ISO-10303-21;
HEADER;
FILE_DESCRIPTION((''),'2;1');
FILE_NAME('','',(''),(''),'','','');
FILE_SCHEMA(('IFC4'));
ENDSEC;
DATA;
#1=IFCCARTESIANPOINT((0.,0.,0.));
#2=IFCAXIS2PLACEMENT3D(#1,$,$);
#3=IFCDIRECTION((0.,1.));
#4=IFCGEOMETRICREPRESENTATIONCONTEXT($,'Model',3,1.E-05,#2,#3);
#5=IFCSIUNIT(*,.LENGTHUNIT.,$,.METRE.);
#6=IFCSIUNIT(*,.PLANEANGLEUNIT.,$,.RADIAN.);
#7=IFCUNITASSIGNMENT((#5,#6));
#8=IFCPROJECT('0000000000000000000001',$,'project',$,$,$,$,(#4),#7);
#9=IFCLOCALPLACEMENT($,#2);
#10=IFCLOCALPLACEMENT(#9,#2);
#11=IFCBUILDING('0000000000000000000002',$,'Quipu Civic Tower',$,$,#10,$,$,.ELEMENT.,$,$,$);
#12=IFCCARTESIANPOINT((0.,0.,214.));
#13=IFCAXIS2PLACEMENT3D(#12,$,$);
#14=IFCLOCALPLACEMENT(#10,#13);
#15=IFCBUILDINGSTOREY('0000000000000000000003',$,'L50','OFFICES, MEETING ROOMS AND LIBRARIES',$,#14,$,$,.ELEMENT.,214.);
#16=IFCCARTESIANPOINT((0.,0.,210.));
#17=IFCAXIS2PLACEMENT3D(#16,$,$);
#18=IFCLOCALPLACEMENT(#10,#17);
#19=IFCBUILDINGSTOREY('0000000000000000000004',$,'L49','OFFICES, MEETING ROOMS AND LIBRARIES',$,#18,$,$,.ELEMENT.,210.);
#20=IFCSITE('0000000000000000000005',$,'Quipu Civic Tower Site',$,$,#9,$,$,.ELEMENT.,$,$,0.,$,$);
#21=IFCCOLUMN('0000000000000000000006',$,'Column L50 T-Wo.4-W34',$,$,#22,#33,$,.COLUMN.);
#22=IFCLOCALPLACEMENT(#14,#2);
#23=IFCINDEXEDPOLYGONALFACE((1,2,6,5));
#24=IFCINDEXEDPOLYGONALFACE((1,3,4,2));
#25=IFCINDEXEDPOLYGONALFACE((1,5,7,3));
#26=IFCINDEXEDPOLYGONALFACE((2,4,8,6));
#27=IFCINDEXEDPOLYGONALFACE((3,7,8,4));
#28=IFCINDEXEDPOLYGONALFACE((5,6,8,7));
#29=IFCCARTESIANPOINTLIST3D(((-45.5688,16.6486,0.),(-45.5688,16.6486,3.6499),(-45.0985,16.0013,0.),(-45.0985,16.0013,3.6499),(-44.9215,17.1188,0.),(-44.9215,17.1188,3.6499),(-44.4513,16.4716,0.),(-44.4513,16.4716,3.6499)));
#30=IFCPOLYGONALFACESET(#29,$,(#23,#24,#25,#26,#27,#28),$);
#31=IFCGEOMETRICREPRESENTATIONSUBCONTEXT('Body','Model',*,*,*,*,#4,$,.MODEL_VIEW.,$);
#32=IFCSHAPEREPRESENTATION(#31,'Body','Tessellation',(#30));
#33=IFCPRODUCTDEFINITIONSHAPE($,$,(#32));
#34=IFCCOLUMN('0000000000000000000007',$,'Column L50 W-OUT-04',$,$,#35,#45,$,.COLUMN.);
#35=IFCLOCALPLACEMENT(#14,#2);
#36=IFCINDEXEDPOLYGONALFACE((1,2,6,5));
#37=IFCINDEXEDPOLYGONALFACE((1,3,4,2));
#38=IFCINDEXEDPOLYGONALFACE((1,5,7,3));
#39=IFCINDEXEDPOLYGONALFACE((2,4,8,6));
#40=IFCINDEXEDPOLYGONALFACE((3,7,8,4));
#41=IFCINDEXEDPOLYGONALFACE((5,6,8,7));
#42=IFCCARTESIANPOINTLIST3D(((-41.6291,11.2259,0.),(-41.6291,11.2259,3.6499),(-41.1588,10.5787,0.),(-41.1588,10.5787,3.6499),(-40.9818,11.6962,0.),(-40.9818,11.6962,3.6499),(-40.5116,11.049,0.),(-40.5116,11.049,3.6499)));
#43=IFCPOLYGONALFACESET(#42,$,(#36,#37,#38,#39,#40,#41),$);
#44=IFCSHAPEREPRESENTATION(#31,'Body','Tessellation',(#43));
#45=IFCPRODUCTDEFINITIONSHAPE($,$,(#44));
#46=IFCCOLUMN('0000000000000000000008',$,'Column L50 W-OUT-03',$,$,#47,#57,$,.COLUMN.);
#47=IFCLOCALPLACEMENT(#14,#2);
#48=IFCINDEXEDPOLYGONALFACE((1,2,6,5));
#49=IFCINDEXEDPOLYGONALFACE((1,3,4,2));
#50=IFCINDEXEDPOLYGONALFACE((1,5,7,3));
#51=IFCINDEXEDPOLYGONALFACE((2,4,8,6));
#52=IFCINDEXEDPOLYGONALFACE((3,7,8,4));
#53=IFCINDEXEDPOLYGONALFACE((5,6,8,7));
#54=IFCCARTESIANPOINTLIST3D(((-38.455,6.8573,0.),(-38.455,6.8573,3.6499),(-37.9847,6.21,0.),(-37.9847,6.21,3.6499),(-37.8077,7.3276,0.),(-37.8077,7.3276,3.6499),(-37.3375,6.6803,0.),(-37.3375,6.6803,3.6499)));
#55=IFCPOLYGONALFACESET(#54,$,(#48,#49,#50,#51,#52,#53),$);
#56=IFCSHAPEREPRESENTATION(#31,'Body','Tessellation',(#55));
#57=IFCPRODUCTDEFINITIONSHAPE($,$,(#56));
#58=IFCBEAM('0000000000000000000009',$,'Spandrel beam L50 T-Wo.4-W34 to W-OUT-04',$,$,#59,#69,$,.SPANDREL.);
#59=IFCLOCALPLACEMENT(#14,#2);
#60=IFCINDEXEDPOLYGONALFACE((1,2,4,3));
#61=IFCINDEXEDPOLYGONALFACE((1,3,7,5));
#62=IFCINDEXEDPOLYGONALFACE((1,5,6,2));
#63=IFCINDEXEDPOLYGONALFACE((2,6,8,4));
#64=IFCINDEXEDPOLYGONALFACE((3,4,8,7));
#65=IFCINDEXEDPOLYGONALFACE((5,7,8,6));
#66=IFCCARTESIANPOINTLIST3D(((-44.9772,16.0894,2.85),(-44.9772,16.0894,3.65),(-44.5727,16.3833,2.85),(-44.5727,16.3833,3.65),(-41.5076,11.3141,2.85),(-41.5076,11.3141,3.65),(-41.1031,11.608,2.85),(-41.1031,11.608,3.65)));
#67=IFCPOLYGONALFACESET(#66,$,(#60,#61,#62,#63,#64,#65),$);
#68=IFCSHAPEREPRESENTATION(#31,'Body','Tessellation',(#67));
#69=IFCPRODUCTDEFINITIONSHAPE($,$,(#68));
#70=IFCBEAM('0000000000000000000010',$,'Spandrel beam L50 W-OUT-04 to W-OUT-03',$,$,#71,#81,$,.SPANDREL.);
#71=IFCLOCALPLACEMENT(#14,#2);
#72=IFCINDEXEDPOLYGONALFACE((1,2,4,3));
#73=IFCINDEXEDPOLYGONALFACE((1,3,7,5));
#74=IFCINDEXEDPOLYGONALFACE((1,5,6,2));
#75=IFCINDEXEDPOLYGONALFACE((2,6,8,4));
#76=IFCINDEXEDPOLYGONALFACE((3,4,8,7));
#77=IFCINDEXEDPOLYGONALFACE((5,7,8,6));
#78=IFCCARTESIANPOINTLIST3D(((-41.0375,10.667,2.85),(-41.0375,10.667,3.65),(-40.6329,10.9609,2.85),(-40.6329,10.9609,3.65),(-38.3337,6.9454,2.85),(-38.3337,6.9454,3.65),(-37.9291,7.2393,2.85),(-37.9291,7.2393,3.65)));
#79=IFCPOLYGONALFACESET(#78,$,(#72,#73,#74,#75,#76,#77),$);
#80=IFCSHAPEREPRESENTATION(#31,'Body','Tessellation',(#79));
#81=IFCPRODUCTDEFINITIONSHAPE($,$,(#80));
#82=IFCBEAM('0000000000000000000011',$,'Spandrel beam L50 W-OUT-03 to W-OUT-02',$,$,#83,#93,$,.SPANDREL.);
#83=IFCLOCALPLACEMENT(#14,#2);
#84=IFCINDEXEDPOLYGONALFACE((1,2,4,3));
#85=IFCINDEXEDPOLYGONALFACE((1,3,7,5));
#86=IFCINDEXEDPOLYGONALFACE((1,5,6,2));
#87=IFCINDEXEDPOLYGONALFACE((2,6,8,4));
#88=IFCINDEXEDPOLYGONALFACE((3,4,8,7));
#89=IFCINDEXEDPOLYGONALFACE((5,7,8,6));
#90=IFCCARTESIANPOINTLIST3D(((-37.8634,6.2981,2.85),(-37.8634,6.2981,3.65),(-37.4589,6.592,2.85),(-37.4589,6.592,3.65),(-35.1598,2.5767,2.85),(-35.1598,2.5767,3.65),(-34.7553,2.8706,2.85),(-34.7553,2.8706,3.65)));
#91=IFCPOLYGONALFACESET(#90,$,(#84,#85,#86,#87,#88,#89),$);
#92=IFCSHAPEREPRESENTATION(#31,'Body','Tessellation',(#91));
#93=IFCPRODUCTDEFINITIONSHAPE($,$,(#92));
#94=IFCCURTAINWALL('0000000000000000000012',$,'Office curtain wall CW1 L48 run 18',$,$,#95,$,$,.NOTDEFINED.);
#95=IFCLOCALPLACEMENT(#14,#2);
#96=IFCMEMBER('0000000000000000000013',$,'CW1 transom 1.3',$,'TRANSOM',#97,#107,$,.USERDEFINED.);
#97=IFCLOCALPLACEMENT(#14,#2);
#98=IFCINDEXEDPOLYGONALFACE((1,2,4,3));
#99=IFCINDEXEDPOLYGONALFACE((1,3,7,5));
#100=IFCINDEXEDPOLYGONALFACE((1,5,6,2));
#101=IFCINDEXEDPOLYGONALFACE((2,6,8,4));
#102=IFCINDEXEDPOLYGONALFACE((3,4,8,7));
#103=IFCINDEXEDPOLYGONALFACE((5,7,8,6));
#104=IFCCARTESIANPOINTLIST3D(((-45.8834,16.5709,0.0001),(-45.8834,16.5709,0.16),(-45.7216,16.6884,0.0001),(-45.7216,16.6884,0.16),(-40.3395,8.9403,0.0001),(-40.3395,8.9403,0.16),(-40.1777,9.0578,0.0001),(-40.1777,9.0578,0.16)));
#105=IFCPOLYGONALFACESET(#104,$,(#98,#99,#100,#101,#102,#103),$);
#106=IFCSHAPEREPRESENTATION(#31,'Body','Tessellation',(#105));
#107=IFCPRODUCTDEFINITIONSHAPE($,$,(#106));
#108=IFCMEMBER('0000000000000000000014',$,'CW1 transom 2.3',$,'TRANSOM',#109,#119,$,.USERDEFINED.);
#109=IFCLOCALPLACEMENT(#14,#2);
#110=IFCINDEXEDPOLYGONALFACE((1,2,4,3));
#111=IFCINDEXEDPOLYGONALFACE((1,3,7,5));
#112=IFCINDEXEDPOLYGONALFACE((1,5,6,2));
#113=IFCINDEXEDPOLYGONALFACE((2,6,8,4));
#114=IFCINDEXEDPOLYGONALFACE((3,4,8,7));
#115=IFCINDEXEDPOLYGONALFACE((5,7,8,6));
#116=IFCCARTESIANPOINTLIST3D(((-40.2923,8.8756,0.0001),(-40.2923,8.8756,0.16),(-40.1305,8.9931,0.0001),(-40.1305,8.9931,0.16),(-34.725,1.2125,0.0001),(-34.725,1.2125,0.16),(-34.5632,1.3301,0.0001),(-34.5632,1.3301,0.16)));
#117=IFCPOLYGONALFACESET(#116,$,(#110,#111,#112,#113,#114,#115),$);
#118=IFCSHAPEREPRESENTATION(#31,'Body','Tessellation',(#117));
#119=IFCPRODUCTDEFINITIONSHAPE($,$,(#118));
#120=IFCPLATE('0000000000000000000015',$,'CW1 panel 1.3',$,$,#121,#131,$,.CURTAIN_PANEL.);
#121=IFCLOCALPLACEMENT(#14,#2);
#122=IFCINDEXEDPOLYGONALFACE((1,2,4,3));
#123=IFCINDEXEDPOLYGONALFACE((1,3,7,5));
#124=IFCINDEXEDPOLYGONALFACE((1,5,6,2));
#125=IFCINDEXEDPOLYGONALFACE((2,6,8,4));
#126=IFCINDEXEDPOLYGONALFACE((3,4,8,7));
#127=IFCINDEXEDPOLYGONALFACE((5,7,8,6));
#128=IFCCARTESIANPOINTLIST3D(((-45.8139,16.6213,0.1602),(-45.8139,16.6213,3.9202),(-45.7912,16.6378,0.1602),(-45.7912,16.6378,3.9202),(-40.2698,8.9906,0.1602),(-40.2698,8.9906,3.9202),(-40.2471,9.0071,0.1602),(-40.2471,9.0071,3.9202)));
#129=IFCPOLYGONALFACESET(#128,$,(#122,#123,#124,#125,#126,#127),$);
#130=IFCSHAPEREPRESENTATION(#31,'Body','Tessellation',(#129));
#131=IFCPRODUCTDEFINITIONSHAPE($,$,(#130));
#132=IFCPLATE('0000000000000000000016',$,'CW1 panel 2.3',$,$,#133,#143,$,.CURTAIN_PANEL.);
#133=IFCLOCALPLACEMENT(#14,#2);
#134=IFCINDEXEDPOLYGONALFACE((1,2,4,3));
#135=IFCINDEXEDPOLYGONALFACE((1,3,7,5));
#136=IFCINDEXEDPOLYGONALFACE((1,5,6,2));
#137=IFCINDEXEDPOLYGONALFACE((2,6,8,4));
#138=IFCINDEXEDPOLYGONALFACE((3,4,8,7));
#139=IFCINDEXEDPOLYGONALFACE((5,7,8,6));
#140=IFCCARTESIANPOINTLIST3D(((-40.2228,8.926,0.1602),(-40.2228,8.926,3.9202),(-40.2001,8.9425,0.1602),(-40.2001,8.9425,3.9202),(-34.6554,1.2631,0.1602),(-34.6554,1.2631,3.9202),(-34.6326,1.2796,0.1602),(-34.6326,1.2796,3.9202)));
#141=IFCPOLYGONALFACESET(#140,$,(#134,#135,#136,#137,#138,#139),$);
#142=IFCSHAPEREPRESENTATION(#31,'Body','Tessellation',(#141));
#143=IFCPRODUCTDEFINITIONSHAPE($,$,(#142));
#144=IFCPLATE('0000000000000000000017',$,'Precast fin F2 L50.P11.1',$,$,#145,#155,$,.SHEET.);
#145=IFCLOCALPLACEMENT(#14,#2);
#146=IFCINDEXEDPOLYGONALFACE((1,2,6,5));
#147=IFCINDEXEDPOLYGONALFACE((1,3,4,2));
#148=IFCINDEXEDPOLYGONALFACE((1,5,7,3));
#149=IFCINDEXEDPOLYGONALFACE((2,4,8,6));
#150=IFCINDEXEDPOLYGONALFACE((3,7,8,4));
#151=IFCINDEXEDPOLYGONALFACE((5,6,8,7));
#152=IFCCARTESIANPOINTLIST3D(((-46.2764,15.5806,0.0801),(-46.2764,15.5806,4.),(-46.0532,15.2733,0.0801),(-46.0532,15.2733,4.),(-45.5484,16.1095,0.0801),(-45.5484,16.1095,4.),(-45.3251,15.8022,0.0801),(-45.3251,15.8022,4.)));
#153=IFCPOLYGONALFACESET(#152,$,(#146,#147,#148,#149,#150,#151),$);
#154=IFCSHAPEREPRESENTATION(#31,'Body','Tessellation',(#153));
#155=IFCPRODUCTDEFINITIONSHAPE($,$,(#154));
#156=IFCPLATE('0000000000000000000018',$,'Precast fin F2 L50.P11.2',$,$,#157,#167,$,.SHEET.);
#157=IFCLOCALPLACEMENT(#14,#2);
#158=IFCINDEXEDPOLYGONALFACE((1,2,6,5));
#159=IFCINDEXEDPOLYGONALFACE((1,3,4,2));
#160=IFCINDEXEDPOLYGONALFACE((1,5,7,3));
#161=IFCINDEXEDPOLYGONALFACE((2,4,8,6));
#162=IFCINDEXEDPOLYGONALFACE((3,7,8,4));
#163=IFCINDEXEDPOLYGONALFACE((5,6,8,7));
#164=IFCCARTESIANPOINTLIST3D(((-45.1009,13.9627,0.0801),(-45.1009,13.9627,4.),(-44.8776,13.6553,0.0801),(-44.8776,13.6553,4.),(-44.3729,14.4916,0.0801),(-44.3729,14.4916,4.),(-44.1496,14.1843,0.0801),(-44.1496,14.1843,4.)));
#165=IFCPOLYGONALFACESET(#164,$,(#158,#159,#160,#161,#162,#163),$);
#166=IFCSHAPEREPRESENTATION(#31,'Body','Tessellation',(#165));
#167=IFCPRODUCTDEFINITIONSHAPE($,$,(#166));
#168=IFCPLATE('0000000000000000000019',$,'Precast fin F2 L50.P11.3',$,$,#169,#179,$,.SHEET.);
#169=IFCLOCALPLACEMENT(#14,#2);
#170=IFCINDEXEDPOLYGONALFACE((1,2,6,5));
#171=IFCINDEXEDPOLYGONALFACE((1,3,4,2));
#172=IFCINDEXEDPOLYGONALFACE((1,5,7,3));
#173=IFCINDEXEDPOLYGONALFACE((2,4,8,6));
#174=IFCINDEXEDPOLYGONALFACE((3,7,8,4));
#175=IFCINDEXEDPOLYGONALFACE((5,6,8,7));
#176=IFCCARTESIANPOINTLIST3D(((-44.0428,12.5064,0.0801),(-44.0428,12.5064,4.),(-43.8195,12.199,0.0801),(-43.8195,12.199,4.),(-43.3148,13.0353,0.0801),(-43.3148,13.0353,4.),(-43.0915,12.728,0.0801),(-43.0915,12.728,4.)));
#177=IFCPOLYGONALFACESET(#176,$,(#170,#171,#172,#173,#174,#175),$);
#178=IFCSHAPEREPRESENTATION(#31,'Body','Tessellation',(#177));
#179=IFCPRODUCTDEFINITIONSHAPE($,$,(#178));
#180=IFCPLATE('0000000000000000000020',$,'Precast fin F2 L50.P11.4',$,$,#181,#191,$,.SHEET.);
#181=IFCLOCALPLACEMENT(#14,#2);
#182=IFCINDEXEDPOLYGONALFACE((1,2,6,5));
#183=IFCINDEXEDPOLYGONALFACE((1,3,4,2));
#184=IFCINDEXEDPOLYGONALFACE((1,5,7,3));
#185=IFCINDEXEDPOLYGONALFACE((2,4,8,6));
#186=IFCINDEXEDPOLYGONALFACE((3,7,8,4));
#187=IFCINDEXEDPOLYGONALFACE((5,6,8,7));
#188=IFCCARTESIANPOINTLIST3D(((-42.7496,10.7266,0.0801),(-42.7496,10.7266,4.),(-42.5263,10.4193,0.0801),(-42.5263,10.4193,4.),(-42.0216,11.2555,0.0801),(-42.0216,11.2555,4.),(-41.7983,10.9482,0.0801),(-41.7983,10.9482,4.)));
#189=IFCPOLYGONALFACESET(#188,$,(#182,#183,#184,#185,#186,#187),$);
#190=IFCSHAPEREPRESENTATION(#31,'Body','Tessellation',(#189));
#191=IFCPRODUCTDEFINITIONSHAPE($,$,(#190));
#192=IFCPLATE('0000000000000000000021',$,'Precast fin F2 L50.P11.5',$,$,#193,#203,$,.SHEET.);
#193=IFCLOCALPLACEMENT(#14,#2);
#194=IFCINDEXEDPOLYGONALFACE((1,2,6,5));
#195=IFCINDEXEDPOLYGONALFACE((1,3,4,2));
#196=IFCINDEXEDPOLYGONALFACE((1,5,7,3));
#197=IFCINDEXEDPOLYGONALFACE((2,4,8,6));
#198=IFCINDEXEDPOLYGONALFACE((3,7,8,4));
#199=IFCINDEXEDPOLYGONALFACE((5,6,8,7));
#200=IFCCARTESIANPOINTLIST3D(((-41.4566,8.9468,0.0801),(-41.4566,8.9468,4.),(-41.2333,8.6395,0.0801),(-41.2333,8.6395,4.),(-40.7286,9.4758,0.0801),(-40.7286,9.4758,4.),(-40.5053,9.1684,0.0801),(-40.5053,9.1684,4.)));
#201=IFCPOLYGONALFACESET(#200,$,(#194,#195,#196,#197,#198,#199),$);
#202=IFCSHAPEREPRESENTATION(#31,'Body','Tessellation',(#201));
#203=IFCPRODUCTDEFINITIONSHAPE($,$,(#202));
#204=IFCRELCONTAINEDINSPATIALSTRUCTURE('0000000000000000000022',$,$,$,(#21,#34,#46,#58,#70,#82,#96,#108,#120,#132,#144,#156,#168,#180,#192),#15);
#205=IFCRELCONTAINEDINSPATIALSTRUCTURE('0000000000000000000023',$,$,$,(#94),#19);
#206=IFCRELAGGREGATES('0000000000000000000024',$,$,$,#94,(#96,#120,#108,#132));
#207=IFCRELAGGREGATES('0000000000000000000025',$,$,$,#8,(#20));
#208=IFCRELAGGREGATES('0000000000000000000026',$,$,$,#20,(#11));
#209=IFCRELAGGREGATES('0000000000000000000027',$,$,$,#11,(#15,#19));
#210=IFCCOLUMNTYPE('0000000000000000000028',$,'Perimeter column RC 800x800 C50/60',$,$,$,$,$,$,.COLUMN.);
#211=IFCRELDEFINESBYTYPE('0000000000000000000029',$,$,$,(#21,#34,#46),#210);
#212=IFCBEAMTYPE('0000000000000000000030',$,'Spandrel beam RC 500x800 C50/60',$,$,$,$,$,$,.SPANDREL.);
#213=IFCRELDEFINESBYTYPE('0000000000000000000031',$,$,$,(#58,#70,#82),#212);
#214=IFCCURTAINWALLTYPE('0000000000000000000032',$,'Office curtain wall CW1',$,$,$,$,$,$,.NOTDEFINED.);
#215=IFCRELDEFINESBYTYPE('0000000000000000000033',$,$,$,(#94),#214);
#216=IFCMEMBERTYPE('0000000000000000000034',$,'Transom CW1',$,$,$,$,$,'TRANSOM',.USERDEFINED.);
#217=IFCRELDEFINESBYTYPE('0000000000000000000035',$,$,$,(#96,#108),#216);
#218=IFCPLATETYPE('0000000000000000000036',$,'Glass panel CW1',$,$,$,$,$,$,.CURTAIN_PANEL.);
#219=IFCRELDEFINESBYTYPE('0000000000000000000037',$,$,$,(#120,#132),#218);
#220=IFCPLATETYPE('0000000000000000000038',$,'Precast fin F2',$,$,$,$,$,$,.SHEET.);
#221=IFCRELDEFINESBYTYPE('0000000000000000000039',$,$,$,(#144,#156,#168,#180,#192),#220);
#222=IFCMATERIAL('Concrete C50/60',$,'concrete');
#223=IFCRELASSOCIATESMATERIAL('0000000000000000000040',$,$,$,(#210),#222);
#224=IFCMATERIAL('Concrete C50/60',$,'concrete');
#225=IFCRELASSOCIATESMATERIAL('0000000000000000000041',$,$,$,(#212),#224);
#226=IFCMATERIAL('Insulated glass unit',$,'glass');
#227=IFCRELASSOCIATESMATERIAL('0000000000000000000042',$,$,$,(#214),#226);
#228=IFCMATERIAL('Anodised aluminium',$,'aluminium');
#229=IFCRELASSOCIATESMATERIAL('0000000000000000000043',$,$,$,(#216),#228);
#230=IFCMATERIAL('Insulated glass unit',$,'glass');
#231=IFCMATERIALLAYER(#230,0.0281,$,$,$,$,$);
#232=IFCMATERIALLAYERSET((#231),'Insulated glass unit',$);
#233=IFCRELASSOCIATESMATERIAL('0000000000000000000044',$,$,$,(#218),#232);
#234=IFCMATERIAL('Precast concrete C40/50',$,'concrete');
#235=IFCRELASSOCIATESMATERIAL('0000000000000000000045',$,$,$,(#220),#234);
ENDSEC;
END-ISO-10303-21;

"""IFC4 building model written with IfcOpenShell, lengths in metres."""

from ifc_helpers import new_model, si_unit, direction, frame, origin, origin_2d, place, context, subcontext, project, spatial, rectangle, extrude, material, layer, layer_set, material_profile, profile_set, type_object, element, aggregate, save


model = new_model("IFC4")

# Units and contexts
model_context = context("Model", 3, precision=1e-05, world=origin(), true_north=direction((0.0, 1.0)))
body_context = subcontext(model_context, "Body", "Model", "MODEL_VIEW")
ifc_project = project(units=[si_unit("LENGTHUNIT", "METRE"), si_unit("PLANEANGLEUNIT", "RADIAN")], contexts=[model_context])

# Site, building, storey
site_placement = place(None, origin())
site = spatial("IfcSite", under=ifc_project, at=site_placement, Name="Quipu Civic Tower Site", CompositionType="ELEMENT", RefElevation=0.0)
building_placement = place(site_placement, origin())
building = spatial("IfcBuilding", under=site, at=building_placement, Name="Quipu Civic Tower", CompositionType="ELEMENT")
storey_1_placement = place(building_placement, frame((0.0, 0.0, 214.0)))
storey_1 = spatial("IfcBuildingStorey", under=building, at=storey_1_placement, Name="L50", Description="OFFICES, MEETING ROOMS AND LIBRARIES", CompositionType="ELEMENT", Elevation=214.0)

# Columns
ifc_material_1 = material(Name="Concrete C50/60", Category="concrete")
ifc_material_profile_1 = material_profile(ifc_material_1, rectangle(XDim=0.8, YDim=0.8, at=origin_2d()), Name="RC800x800")
ifc_profile_set_1 = profile_set([ifc_material_profile_1], Name="Concrete C50/60")
column_type = type_object("IfcColumnType", Name="Perimeter column RC 800x800 C50/60", PredefinedType="COLUMN", material=ifc_profile_set_1)
for number, where, z_axis, x_axis, name in (
    (1, (-45.01, 16.5601, 0.0), (0.0, 0.0, 1.0), (0.587785, -0.809017, 0.0), "Column L50 T-Wo.4-W34"),
    (2, (-41.0703, 11.1375, 0.0), (0.0, 0.0, 1.0), (0.587785, -0.809017, 0.0), "Column L50 W-OUT-04"),
    (3, (-37.8962, 6.7688, 0.0), (0.0, 0.0, 1.0), (0.587785, -0.809017, 0.0), "Column L50 W-OUT-03"),
):
    element("IfcColumn", number, at=place(storey_1_placement, frame(where, z_axis=z_axis, x_axis=x_axis)), inside=storey_1, type_object=column_type, Name=name, PredefinedType="COLUMN", context=body_context, shape_type="SweptSolid", body=[
        extrude(rectangle(XDim=0.8, YDim=0.8, at=origin_2d()), origin(), (0.0, 0.0, 1.0), 3.6499),
    ])

# Beams
ifc_material_2 = material(Name="Concrete C50/60", Category="concrete")
ifc_material_profile_2 = material_profile(ifc_material_2, rectangle(XDim=0.5, YDim=0.8, at=origin_2d()), Name="RC500x800")
ifc_profile_set_2 = profile_set([ifc_material_profile_2], Name="Concrete C50/60")
beam_type = type_object("IfcBeamType", Name="Spandrel beam RC 500x800 C50/60", PredefinedType="SPANDREL", material=ifc_profile_set_2)
beam_1_placement = place(storey_1_placement, frame((-44.7749, 16.2363, 3.25), z_axis=(0.5878, -0.809006, 0.0), x_axis=(0.809006, 0.5878, 0.0)))
element("IfcBeam", 4, at=beam_1_placement, inside=storey_1, type_object=beam_type, Name="Spandrel beam L50 T-Wo.4-W34 to W-OUT-04", PredefinedType="SPANDREL", context=body_context, shape_type="SweptSolid", body=[
    extrude(rectangle(XDim=0.5, YDim=0.8, at=origin_2d()), origin(), (0.0, 0.0, 1.0), 5.9026),
])
beam_2_placement = place(storey_1_placement, frame((-40.8352, 10.814, 3.25), z_axis=(0.587771, -0.809027, 0.0), x_axis=(0.809027, 0.587771, 0.0)))
element("IfcBeam", 5, at=beam_2_placement, inside=storey_1, type_object=beam_type, Name="Spandrel beam L50 W-OUT-04 to W-OUT-03", PredefinedType="SPANDREL", context=body_context, shape_type="SweptSolid", body=[
    extrude(rectangle(XDim=0.5, YDim=0.8, at=origin_2d()), origin(), (0.0, 0.0, 1.0), 4.6001),
])
beam_3_placement = place(storey_1_placement, frame((-37.6611, 6.4451, 3.25), z_axis=(0.587761, -0.809034, 0.0), x_axis=(0.809034, 0.587761, 0.0)))
element("IfcBeam", 6, at=beam_3_placement, inside=storey_1, type_object=beam_type, Name="Spandrel beam L50 W-OUT-03 to W-OUT-02", PredefinedType="SPANDREL", context=body_context, shape_type="SweptSolid", body=[
    extrude(rectangle(XDim=0.5, YDim=0.8, at=origin_2d()), origin(), (0.0, 0.0, 1.0), 4.5999),
])

# Shared definitions
storey_2_placement = place(building_placement, frame((0.0, 0.0, 210.0)))
storey_2 = spatial("IfcBuildingStorey", under=building, at=storey_2_placement, Name="L49", Description="OFFICES, MEETING ROOMS AND LIBRARIES", CompositionType="ELEMENT", Elevation=210.0)

# Curtain wall, members, plates
ifc_material_3 = material(Name="Insulated glass unit", Category="glass")
curtain_wall_type = type_object("IfcCurtainWallType", Name="Office curtain wall CW1", PredefinedType="NOTDEFINED", material=ifc_material_3)
curtain_wall_placement = place(storey_2_placement, origin())
curtain_wall = element("IfcCurtainWall", 7, at=curtain_wall_placement, inside=storey_2, type_object=curtain_wall_type, Name="Office curtain wall CW1 L48 run 18", PredefinedType="NOTDEFINED")
ifc_material_4 = material(Name="Anodised aluminium", Category="aluminium")
ifc_material_profile_3 = material_profile(ifc_material_4, rectangle(XDim=0.2, YDim=0.1599, at=origin_2d()), Name="RECT 200x160")
ifc_profile_set_3 = profile_set([ifc_material_profile_3], Name="Anodised aluminium")
member_type = type_object("IfcMemberType", Name="Transom CW1", ElementType="TRANSOM", PredefinedType="USERDEFINED", material=ifc_profile_set_3)
member_1_placement = place(storey_1_placement, frame((-45.8025, 16.6296, 0.0801), z_axis=(0.587784, -0.809018, 0.0), x_axis=(0.809018, 0.587784, 0.0)))
member_1 = element("IfcMember", 8, at=member_1_placement, inside=storey_1, type_object=member_type, Name="CW1 transom 1.3", ObjectType="TRANSOM", PredefinedType="USERDEFINED", context=body_context, shape_type="SweptSolid", body=[
    extrude(rectangle(XDim=0.2, YDim=0.1599, at=origin_2d()), origin(), (0.0, 0.0, 1.0), 9.4319),
])
member_2_placement = place(storey_1_placement, frame((-40.2114, 8.9343, 0.0801), z_axis=(0.587773, -0.809026, 0.0), x_axis=(0.809026, 0.587773, 0.0)))
member_2 = element("IfcMember", 9, at=member_2_placement, inside=storey_1, type_object=member_type, Name="CW1 transom 2.3", ObjectType="TRANSOM", PredefinedType="USERDEFINED", context=body_context, shape_type="SweptSolid", body=[
    extrude(rectangle(XDim=0.2, YDim=0.1599, at=origin_2d()), origin(), (0.0, 0.0, 1.0), 9.4719),
])
ifc_material_5 = material(Name="Insulated glass unit", Category="glass")
ifc_layer_1 = layer(ifc_material_5, 0.0281)
ifc_layer_set_1 = layer_set([ifc_layer_1], Name="Insulated glass unit")
plate_type_1 = type_object("IfcPlateType", Name="Glass panel CW1", PredefinedType="CURTAIN_PANEL", material=ifc_layer_set_1)
plate_1_placement = place(storey_1_placement, frame((-43.0305, 12.8142, 0.1602), z_axis=(0.0, 0.0, 1.0), x_axis=(0.587786, -0.809017, 0.0)))
plate_1 = element("IfcPlate", 10, at=plate_1_placement, inside=storey_1, type_object=plate_type_1, Name="CW1 panel 1.3", PredefinedType="CURTAIN_PANEL", context=body_context, shape_type="SweptSolid", body=[
    extrude(rectangle(XDim=9.4321, YDim=0.0281, at=origin_2d()), origin(), (0.0, 0.0, 1.0), 3.76),
])
plate_2_placement = place(storey_1_placement, frame((-37.4277, 5.1028, 0.1602), z_axis=(0.0, 0.0, 1.0), x_axis=(0.587786, -0.809017, 0.0)))
plate_2 = element("IfcPlate", 11, at=plate_2_placement, inside=storey_1, type_object=plate_type_1, Name="CW1 panel 2.3", PredefinedType="CURTAIN_PANEL", context=body_context, shape_type="SweptSolid", body=[
    extrude(rectangle(XDim=9.4719, YDim=0.0281, at=origin_2d()), origin(), (0.0, 0.0, 1.0), 3.76),
])
aggregate(curtain_wall, [member_1, plate_1, member_2, plate_2])

# Plates
ifc_material_6 = material(Name="Precast concrete C40/50", Category="concrete")
plate_type_2 = type_object("IfcPlateType", Name="Precast fin F2", PredefinedType="SHEET", material=ifc_material_6)
for number, where, z_axis, x_axis, name in (
    (12, (-45.8008, 15.6914, 0.0801), (0.0, 0.0, 1.0), (0.587786, -0.809017, 0.0), "Precast fin F2 L50.P11.1"),
    (13, (-44.6252, 14.0735, 0.0801), (0.0, 0.0, 1.0), (0.587786, -0.809017, 0.0), "Precast fin F2 L50.P11.2"),
    (14, (-43.5671, 12.6172, 0.0801), (0.0, 0.0, 1.0), (0.587786, -0.809017, 0.0), "Precast fin F2 L50.P11.3"),
    (15, (-42.2739, 10.8374, 0.0801), (0.0, 0.0, 1.0), (0.587786, -0.809017, 0.0), "Precast fin F2 L50.P11.4"),
    (16, (-40.981, 9.0576, 0.0801), (0.0, 0.0, 1.0), (0.587786, -0.809017, 0.0), "Precast fin F2 L50.P11.5"),
):
    element("IfcPlate", number, at=place(storey_1_placement, frame(where, z_axis=z_axis, x_axis=x_axis)), inside=storey_1, type_object=plate_type_2, Name=name, PredefinedType="SHEET", context=body_context, shape_type="SweptSolid", body=[
        extrude(rectangle(XDim=0.3799, YDim=0.8999, at=origin_2d()), origin(), (0.0, 0.0, 1.0), 3.9199),
    ])

save(model, "model.ifc")
